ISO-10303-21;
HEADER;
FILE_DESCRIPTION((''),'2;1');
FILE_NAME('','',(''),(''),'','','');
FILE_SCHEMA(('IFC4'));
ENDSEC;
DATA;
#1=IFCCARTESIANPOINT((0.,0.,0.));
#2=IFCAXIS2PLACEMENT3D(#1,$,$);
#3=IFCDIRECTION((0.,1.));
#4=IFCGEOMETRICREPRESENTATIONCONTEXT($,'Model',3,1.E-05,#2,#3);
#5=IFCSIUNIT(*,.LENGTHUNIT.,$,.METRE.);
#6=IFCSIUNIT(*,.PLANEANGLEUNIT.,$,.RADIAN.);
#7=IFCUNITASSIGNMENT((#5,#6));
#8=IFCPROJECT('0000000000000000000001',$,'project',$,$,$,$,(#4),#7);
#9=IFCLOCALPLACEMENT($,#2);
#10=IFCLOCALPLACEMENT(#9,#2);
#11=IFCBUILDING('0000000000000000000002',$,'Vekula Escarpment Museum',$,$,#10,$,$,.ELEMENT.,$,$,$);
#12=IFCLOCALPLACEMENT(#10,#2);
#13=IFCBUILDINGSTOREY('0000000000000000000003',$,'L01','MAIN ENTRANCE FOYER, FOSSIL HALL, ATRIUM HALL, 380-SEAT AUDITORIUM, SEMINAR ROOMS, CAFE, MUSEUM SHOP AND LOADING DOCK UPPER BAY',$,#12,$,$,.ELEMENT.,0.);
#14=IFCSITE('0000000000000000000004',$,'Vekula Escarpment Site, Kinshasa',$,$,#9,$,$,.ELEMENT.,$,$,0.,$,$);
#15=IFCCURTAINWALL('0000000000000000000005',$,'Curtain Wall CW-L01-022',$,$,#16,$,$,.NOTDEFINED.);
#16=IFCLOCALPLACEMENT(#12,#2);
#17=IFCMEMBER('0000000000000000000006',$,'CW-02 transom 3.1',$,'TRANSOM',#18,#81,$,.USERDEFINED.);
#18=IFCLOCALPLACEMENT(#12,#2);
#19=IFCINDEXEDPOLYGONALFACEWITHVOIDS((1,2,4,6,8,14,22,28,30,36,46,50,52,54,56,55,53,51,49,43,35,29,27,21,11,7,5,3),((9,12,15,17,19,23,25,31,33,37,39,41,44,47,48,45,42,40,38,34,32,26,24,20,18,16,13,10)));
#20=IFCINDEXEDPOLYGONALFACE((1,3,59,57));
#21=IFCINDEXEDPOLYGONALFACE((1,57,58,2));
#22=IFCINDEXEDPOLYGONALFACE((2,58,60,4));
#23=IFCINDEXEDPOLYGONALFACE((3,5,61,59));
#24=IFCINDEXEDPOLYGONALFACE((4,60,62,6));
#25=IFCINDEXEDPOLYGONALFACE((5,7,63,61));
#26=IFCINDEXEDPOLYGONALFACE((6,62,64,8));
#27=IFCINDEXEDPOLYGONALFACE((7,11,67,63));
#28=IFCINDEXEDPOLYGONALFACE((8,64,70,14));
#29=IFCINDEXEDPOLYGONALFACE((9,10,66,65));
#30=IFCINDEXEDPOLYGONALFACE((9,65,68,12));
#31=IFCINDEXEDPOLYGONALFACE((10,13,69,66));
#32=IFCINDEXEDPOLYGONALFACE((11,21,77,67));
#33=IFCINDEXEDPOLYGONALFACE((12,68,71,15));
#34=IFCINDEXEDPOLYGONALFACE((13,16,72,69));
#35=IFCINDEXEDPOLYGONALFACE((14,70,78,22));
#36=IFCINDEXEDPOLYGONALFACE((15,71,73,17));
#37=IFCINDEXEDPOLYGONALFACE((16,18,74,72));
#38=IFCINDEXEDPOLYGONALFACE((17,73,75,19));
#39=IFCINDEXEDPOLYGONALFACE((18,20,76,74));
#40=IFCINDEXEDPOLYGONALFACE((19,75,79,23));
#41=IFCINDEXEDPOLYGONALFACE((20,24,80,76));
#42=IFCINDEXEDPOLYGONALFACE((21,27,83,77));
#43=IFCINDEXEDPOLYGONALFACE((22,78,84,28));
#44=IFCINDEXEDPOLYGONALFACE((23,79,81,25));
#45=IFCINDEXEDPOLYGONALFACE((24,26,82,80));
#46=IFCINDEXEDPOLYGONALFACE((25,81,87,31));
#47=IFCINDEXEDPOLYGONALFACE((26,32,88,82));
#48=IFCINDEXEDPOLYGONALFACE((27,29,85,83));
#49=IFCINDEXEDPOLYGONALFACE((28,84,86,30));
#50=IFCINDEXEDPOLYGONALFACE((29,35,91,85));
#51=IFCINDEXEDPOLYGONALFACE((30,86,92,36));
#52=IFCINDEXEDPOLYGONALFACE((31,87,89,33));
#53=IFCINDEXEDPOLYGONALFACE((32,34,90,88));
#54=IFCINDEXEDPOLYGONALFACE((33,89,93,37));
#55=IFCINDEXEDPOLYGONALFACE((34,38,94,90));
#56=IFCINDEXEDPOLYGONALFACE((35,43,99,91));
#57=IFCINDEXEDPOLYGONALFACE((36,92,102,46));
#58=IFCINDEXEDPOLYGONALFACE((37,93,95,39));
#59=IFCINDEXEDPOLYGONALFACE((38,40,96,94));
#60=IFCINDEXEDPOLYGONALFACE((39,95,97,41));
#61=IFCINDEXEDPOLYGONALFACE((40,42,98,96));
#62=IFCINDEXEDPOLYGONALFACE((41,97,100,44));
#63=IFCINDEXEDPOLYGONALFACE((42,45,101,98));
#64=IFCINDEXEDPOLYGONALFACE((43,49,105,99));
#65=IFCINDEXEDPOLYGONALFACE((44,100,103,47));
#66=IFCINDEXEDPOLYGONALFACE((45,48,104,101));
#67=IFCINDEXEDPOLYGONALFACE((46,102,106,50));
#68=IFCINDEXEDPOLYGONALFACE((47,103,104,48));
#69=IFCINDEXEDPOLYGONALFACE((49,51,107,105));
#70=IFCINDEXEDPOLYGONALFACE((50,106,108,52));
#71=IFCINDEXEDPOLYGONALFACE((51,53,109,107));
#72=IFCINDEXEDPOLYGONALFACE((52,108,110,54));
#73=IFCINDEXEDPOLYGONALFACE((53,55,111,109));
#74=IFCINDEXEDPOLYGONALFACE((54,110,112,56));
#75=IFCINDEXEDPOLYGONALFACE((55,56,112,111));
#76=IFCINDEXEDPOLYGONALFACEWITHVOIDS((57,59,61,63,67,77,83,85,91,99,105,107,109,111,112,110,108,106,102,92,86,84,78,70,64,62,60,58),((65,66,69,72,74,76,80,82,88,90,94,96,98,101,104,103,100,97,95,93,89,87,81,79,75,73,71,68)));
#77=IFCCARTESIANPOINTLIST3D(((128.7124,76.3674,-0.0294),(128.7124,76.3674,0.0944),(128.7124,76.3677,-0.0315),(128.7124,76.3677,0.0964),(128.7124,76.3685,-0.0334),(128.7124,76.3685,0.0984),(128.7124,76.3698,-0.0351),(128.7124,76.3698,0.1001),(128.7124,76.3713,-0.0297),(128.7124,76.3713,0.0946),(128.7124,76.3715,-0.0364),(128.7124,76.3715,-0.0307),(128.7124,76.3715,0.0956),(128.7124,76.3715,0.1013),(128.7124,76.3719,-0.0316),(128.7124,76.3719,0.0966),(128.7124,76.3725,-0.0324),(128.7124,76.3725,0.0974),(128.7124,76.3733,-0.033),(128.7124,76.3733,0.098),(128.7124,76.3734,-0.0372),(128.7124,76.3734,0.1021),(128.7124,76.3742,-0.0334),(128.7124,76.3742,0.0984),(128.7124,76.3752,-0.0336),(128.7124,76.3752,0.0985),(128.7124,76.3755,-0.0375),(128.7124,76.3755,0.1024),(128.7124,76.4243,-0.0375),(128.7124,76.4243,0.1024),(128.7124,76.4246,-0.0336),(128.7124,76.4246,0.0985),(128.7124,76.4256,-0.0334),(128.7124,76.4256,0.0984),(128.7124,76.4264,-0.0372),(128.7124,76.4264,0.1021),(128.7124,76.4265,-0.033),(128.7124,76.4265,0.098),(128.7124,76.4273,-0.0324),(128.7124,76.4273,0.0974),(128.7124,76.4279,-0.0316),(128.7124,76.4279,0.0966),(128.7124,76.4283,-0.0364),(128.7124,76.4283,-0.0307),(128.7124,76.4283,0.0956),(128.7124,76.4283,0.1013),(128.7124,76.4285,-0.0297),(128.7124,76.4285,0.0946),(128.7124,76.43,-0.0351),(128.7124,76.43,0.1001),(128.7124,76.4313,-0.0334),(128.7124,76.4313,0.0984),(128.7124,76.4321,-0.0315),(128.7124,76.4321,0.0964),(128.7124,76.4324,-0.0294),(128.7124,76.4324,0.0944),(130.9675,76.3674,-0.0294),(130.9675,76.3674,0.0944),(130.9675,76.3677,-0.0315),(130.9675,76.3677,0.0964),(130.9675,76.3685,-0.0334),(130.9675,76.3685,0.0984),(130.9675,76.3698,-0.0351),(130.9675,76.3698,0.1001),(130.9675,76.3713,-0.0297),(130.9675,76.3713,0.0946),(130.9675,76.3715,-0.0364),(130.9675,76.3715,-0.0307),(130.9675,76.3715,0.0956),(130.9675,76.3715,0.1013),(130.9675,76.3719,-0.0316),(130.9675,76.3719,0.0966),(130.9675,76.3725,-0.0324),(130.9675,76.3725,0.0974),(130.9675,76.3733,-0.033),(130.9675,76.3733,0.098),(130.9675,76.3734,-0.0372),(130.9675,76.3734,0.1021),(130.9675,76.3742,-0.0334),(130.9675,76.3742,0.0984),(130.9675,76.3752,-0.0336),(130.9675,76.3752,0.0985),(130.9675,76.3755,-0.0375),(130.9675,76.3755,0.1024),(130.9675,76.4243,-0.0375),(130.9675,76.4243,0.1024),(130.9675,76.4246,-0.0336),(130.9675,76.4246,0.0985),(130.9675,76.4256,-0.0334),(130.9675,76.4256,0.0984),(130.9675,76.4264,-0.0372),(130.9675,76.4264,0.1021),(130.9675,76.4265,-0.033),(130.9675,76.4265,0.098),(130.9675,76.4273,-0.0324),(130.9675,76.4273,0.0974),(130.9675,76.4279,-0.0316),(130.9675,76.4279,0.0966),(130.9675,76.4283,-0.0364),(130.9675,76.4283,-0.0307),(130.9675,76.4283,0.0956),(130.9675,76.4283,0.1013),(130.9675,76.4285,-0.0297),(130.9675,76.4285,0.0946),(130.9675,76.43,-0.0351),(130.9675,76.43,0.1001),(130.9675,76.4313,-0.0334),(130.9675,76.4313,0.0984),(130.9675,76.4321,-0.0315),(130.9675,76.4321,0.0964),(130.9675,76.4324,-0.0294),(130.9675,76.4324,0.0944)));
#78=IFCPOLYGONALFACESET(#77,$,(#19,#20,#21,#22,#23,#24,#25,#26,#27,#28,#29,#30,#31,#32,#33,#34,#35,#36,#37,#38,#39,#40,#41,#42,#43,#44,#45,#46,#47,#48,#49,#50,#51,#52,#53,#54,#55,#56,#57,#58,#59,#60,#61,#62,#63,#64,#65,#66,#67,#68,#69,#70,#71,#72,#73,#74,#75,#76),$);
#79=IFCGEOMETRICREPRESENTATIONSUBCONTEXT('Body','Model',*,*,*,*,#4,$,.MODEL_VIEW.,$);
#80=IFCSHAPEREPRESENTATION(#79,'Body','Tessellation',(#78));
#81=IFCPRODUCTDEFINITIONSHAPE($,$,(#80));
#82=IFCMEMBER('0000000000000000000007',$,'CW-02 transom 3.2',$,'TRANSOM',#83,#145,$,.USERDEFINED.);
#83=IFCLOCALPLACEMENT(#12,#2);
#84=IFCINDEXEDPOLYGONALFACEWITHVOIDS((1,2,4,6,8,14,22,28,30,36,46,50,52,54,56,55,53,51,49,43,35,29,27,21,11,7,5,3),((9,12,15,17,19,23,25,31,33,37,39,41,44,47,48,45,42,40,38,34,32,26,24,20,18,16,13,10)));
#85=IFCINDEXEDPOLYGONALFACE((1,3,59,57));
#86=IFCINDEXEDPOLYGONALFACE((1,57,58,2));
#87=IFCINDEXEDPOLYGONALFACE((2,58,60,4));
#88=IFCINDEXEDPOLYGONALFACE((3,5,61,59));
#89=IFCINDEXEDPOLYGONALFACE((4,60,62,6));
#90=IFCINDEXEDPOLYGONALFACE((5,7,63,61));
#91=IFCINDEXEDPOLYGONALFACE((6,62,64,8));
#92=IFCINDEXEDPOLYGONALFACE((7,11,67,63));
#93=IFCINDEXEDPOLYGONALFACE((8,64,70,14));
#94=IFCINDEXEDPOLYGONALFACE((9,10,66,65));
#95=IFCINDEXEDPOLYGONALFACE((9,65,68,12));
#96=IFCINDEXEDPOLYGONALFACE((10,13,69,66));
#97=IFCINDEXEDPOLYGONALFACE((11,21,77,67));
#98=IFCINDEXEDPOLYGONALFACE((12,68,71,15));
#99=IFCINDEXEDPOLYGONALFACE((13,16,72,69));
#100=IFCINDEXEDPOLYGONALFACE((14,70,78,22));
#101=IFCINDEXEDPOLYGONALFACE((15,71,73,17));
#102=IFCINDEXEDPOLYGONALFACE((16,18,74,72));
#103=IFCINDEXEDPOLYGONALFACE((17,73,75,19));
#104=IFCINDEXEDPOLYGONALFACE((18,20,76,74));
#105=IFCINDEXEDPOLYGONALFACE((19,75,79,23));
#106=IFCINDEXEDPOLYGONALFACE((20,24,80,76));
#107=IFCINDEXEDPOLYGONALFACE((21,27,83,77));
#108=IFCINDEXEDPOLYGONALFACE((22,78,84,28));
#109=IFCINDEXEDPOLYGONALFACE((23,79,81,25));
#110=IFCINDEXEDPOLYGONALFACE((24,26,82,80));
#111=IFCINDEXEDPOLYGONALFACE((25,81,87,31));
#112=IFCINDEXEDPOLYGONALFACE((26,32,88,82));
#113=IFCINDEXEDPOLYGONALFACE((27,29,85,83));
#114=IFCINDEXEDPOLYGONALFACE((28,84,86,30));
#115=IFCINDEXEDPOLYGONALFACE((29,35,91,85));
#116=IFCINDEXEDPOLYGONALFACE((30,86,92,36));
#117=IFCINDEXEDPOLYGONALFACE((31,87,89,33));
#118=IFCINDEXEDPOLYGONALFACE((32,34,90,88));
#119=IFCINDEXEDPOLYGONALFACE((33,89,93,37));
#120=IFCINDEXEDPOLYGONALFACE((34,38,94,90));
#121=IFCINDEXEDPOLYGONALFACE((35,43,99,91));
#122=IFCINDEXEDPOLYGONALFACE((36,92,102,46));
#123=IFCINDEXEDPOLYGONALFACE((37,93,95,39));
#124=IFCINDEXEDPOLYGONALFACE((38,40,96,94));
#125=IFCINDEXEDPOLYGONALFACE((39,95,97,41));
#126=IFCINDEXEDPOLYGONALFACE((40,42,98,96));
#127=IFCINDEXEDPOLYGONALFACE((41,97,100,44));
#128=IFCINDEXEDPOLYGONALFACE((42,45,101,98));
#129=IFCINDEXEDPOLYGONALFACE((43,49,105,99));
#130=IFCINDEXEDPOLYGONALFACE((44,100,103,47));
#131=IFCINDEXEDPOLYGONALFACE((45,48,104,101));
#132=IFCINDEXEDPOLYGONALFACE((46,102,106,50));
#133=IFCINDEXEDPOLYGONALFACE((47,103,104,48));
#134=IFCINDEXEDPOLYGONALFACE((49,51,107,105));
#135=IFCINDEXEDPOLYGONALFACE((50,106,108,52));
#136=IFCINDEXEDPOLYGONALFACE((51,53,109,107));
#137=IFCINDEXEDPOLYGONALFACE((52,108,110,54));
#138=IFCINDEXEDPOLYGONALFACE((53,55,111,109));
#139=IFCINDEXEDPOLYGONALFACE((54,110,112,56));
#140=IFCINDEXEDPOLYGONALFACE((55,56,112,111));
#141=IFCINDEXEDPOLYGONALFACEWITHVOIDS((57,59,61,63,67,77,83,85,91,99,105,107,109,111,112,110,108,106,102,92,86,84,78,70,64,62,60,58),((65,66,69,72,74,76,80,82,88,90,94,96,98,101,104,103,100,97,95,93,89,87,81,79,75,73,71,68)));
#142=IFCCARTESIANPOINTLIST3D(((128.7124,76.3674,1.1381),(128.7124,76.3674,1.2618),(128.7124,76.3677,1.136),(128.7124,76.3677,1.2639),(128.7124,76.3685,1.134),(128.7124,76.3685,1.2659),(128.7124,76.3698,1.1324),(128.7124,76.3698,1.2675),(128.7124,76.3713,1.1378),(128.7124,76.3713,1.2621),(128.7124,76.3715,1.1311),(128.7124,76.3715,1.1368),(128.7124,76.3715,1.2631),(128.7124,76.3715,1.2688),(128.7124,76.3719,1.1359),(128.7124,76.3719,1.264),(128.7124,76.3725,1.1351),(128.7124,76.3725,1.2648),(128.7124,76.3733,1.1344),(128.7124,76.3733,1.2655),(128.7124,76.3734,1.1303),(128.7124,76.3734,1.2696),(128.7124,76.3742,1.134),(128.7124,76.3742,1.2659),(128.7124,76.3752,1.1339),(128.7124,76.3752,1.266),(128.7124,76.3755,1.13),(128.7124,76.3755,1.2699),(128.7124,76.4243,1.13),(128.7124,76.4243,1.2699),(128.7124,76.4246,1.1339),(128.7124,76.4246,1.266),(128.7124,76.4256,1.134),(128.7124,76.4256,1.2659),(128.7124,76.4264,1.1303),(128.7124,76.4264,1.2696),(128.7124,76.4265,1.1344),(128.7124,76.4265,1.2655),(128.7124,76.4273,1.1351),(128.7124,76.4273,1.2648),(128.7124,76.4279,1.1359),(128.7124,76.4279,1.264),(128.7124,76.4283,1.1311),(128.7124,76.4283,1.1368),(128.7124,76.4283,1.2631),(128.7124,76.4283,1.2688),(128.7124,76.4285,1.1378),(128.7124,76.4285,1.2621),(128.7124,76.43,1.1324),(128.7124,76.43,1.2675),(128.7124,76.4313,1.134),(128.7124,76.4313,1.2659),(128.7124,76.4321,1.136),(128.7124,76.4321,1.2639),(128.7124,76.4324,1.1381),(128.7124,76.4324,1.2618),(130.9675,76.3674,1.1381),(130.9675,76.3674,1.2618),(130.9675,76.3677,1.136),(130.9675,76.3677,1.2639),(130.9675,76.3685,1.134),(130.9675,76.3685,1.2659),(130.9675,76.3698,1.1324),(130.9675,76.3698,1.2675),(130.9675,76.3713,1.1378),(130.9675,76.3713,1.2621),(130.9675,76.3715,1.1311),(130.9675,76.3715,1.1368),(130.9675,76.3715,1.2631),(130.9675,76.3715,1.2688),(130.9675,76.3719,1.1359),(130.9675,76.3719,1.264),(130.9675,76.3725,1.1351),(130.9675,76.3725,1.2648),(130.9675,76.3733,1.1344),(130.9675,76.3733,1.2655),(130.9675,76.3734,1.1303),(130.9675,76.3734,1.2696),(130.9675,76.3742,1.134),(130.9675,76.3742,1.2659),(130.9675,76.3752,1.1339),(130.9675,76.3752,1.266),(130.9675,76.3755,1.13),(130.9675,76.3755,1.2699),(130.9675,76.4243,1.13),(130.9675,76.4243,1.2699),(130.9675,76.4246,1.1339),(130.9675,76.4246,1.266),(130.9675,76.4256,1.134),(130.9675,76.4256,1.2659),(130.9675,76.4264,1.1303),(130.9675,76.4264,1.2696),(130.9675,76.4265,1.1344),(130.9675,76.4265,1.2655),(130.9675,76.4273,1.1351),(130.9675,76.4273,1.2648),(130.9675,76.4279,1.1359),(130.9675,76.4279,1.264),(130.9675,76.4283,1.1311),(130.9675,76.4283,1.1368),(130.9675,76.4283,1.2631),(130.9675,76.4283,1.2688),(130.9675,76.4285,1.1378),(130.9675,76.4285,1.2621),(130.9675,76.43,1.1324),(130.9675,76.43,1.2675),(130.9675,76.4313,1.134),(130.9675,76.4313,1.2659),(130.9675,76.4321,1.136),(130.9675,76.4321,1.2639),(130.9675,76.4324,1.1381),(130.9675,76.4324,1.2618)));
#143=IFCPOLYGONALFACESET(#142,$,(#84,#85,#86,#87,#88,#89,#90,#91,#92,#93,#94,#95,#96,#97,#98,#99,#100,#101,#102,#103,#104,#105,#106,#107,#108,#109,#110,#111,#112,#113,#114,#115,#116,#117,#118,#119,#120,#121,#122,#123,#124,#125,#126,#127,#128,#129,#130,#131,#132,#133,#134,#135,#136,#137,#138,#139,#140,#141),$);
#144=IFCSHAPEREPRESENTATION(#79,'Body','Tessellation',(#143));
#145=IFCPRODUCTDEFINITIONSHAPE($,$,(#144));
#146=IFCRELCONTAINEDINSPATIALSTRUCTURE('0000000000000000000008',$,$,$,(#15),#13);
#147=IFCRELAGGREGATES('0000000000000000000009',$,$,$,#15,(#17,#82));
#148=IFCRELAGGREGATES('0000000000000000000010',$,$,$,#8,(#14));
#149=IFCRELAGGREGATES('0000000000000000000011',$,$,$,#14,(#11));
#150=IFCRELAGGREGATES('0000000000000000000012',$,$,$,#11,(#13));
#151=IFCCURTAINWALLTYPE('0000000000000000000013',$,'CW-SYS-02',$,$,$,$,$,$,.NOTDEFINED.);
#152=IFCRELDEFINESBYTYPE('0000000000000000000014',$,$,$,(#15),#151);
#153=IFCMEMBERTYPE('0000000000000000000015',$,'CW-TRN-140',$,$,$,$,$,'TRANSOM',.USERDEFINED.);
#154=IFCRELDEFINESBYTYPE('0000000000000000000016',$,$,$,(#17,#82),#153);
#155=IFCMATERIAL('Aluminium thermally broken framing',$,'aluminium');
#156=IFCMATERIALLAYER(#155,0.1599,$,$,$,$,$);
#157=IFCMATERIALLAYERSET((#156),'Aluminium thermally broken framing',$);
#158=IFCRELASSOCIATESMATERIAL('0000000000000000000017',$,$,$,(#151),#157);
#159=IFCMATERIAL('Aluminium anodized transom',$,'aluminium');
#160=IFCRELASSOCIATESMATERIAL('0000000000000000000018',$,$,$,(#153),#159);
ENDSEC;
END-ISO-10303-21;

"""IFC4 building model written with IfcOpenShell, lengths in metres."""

from ifc_helpers import new_model, si_unit, direction, frame, origin, origin_2d, place, context, subcontext, project, spatial, hollow_rectangle, extrude, material, layer, layer_set, material_profile, profile_set, type_object, element, aggregate, save


model = new_model("IFC4")

# Units and contexts
model_context = context("Model", 3, precision=1e-05, world=origin(), true_north=direction((0.0, 1.0)))
body_context = subcontext(model_context, "Body", "Model", "MODEL_VIEW")
ifc_project = project(units=[si_unit("LENGTHUNIT", "METRE"), si_unit("PLANEANGLEUNIT", "RADIAN")], contexts=[model_context])

# Site, building, storey
site_placement = place(None, origin())
site = spatial("IfcSite", under=ifc_project, at=site_placement, Name="Vekula Escarpment Site, Kinshasa", CompositionType="ELEMENT", RefElevation=0.0)
building_placement = place(site_placement, origin())
building = spatial("IfcBuilding", under=site, at=building_placement, Name="Vekula Escarpment Museum", CompositionType="ELEMENT")
storey_placement = place(building_placement, origin())
storey = spatial("IfcBuildingStorey", under=building, at=storey_placement, Name="L01", Description="MAIN ENTRANCE FOYER, FOSSIL HALL, ATRIUM HALL, 380-SEAT AUDITORIUM, SEMINAR ROOMS, CAFE, MUSEUM SHOP AND LOADING DOCK UPPER BAY", CompositionType="ELEMENT", Elevation=0.0)

# Shared definitions
ifc_material_1 = material(Name="Aluminium thermally broken framing", Category="aluminium")
ifc_layer_1 = layer(ifc_material_1, 0.1599)
ifc_layer_set_1 = layer_set([ifc_layer_1], Name="Aluminium thermally broken framing")
curtain_wall_type = type_object("IfcCurtainWallType", Name="CW-SYS-02", PredefinedType="NOTDEFINED", material=ifc_layer_set_1)

# Curtain wall, members
curtain_wall_1_placement = place(storey_placement, origin())
curtain_wall_1 = element("IfcCurtainWall", 1, at=curtain_wall_1_placement, inside=storey, type_object=curtain_wall_type, Name="Curtain Wall CW-L01-022", PredefinedType="NOTDEFINED")
ifc_material_2 = material(Name="Aluminium anodized transom", Category="aluminium")
ifc_material_profile_1 = material_profile(ifc_material_2, hollow_rectangle(XDim=0.0649, YDim=0.1399, WallThickness=0.0039, InnerFilletRadius=0.0039, OuterFilletRadius=0.0081, at=origin_2d()), Name="ALU 140x65x4")
ifc_profile_set_1 = profile_set([ifc_material_profile_1], Name="Aluminium anodized transom")
member_type_1 = type_object("IfcMemberType", Name="CW-TRN-140", ElementType="TRANSOM", PredefinedType="USERDEFINED", material=ifc_profile_set_1)
member_1_placement = place(storey_placement, frame((130.9675, 76.3999, 0.0325), z_axis=(-1.0, 0.0, 0.0), x_axis=(0.0, -1.0, 0.0)))
member_1 = element("IfcMember", 2, at=member_1_placement, type_object=member_type_1, Name="CW-02 transom 3.1", ObjectType="TRANSOM", PredefinedType="USERDEFINED", context=body_context, shape_type="SweptSolid", body=[
    extrude(hollow_rectangle(XDim=0.0649, YDim=0.1399, WallThickness=0.0039, InnerFilletRadius=0.0039, OuterFilletRadius=0.0081, at=origin_2d()), origin(), (0.0, 0.0, 1.0), 2.2551),
])
member_2_placement = place(storey_placement, frame((130.9675, 76.3999, 1.2), z_axis=(-1.0, 0.0, 0.0), x_axis=(0.0, -1.0, 0.0)))
member_2 = element("IfcMember", 3, at=member_2_placement, type_object=member_type_1, Name="CW-02 transom 3.2", ObjectType="TRANSOM", PredefinedType="USERDEFINED", context=body_context, shape_type="SweptSolid", body=[
    extrude(hollow_rectangle(XDim=0.0649, YDim=0.1399, WallThickness=0.0039, InnerFilletRadius=0.0039, OuterFilletRadius=0.0081, at=origin_2d()), origin(), (0.0, 0.0, 1.0), 2.2551),
])

aggregate(curtain_wall_1, [member_1, member_2])

save(model, "model.ifc")
